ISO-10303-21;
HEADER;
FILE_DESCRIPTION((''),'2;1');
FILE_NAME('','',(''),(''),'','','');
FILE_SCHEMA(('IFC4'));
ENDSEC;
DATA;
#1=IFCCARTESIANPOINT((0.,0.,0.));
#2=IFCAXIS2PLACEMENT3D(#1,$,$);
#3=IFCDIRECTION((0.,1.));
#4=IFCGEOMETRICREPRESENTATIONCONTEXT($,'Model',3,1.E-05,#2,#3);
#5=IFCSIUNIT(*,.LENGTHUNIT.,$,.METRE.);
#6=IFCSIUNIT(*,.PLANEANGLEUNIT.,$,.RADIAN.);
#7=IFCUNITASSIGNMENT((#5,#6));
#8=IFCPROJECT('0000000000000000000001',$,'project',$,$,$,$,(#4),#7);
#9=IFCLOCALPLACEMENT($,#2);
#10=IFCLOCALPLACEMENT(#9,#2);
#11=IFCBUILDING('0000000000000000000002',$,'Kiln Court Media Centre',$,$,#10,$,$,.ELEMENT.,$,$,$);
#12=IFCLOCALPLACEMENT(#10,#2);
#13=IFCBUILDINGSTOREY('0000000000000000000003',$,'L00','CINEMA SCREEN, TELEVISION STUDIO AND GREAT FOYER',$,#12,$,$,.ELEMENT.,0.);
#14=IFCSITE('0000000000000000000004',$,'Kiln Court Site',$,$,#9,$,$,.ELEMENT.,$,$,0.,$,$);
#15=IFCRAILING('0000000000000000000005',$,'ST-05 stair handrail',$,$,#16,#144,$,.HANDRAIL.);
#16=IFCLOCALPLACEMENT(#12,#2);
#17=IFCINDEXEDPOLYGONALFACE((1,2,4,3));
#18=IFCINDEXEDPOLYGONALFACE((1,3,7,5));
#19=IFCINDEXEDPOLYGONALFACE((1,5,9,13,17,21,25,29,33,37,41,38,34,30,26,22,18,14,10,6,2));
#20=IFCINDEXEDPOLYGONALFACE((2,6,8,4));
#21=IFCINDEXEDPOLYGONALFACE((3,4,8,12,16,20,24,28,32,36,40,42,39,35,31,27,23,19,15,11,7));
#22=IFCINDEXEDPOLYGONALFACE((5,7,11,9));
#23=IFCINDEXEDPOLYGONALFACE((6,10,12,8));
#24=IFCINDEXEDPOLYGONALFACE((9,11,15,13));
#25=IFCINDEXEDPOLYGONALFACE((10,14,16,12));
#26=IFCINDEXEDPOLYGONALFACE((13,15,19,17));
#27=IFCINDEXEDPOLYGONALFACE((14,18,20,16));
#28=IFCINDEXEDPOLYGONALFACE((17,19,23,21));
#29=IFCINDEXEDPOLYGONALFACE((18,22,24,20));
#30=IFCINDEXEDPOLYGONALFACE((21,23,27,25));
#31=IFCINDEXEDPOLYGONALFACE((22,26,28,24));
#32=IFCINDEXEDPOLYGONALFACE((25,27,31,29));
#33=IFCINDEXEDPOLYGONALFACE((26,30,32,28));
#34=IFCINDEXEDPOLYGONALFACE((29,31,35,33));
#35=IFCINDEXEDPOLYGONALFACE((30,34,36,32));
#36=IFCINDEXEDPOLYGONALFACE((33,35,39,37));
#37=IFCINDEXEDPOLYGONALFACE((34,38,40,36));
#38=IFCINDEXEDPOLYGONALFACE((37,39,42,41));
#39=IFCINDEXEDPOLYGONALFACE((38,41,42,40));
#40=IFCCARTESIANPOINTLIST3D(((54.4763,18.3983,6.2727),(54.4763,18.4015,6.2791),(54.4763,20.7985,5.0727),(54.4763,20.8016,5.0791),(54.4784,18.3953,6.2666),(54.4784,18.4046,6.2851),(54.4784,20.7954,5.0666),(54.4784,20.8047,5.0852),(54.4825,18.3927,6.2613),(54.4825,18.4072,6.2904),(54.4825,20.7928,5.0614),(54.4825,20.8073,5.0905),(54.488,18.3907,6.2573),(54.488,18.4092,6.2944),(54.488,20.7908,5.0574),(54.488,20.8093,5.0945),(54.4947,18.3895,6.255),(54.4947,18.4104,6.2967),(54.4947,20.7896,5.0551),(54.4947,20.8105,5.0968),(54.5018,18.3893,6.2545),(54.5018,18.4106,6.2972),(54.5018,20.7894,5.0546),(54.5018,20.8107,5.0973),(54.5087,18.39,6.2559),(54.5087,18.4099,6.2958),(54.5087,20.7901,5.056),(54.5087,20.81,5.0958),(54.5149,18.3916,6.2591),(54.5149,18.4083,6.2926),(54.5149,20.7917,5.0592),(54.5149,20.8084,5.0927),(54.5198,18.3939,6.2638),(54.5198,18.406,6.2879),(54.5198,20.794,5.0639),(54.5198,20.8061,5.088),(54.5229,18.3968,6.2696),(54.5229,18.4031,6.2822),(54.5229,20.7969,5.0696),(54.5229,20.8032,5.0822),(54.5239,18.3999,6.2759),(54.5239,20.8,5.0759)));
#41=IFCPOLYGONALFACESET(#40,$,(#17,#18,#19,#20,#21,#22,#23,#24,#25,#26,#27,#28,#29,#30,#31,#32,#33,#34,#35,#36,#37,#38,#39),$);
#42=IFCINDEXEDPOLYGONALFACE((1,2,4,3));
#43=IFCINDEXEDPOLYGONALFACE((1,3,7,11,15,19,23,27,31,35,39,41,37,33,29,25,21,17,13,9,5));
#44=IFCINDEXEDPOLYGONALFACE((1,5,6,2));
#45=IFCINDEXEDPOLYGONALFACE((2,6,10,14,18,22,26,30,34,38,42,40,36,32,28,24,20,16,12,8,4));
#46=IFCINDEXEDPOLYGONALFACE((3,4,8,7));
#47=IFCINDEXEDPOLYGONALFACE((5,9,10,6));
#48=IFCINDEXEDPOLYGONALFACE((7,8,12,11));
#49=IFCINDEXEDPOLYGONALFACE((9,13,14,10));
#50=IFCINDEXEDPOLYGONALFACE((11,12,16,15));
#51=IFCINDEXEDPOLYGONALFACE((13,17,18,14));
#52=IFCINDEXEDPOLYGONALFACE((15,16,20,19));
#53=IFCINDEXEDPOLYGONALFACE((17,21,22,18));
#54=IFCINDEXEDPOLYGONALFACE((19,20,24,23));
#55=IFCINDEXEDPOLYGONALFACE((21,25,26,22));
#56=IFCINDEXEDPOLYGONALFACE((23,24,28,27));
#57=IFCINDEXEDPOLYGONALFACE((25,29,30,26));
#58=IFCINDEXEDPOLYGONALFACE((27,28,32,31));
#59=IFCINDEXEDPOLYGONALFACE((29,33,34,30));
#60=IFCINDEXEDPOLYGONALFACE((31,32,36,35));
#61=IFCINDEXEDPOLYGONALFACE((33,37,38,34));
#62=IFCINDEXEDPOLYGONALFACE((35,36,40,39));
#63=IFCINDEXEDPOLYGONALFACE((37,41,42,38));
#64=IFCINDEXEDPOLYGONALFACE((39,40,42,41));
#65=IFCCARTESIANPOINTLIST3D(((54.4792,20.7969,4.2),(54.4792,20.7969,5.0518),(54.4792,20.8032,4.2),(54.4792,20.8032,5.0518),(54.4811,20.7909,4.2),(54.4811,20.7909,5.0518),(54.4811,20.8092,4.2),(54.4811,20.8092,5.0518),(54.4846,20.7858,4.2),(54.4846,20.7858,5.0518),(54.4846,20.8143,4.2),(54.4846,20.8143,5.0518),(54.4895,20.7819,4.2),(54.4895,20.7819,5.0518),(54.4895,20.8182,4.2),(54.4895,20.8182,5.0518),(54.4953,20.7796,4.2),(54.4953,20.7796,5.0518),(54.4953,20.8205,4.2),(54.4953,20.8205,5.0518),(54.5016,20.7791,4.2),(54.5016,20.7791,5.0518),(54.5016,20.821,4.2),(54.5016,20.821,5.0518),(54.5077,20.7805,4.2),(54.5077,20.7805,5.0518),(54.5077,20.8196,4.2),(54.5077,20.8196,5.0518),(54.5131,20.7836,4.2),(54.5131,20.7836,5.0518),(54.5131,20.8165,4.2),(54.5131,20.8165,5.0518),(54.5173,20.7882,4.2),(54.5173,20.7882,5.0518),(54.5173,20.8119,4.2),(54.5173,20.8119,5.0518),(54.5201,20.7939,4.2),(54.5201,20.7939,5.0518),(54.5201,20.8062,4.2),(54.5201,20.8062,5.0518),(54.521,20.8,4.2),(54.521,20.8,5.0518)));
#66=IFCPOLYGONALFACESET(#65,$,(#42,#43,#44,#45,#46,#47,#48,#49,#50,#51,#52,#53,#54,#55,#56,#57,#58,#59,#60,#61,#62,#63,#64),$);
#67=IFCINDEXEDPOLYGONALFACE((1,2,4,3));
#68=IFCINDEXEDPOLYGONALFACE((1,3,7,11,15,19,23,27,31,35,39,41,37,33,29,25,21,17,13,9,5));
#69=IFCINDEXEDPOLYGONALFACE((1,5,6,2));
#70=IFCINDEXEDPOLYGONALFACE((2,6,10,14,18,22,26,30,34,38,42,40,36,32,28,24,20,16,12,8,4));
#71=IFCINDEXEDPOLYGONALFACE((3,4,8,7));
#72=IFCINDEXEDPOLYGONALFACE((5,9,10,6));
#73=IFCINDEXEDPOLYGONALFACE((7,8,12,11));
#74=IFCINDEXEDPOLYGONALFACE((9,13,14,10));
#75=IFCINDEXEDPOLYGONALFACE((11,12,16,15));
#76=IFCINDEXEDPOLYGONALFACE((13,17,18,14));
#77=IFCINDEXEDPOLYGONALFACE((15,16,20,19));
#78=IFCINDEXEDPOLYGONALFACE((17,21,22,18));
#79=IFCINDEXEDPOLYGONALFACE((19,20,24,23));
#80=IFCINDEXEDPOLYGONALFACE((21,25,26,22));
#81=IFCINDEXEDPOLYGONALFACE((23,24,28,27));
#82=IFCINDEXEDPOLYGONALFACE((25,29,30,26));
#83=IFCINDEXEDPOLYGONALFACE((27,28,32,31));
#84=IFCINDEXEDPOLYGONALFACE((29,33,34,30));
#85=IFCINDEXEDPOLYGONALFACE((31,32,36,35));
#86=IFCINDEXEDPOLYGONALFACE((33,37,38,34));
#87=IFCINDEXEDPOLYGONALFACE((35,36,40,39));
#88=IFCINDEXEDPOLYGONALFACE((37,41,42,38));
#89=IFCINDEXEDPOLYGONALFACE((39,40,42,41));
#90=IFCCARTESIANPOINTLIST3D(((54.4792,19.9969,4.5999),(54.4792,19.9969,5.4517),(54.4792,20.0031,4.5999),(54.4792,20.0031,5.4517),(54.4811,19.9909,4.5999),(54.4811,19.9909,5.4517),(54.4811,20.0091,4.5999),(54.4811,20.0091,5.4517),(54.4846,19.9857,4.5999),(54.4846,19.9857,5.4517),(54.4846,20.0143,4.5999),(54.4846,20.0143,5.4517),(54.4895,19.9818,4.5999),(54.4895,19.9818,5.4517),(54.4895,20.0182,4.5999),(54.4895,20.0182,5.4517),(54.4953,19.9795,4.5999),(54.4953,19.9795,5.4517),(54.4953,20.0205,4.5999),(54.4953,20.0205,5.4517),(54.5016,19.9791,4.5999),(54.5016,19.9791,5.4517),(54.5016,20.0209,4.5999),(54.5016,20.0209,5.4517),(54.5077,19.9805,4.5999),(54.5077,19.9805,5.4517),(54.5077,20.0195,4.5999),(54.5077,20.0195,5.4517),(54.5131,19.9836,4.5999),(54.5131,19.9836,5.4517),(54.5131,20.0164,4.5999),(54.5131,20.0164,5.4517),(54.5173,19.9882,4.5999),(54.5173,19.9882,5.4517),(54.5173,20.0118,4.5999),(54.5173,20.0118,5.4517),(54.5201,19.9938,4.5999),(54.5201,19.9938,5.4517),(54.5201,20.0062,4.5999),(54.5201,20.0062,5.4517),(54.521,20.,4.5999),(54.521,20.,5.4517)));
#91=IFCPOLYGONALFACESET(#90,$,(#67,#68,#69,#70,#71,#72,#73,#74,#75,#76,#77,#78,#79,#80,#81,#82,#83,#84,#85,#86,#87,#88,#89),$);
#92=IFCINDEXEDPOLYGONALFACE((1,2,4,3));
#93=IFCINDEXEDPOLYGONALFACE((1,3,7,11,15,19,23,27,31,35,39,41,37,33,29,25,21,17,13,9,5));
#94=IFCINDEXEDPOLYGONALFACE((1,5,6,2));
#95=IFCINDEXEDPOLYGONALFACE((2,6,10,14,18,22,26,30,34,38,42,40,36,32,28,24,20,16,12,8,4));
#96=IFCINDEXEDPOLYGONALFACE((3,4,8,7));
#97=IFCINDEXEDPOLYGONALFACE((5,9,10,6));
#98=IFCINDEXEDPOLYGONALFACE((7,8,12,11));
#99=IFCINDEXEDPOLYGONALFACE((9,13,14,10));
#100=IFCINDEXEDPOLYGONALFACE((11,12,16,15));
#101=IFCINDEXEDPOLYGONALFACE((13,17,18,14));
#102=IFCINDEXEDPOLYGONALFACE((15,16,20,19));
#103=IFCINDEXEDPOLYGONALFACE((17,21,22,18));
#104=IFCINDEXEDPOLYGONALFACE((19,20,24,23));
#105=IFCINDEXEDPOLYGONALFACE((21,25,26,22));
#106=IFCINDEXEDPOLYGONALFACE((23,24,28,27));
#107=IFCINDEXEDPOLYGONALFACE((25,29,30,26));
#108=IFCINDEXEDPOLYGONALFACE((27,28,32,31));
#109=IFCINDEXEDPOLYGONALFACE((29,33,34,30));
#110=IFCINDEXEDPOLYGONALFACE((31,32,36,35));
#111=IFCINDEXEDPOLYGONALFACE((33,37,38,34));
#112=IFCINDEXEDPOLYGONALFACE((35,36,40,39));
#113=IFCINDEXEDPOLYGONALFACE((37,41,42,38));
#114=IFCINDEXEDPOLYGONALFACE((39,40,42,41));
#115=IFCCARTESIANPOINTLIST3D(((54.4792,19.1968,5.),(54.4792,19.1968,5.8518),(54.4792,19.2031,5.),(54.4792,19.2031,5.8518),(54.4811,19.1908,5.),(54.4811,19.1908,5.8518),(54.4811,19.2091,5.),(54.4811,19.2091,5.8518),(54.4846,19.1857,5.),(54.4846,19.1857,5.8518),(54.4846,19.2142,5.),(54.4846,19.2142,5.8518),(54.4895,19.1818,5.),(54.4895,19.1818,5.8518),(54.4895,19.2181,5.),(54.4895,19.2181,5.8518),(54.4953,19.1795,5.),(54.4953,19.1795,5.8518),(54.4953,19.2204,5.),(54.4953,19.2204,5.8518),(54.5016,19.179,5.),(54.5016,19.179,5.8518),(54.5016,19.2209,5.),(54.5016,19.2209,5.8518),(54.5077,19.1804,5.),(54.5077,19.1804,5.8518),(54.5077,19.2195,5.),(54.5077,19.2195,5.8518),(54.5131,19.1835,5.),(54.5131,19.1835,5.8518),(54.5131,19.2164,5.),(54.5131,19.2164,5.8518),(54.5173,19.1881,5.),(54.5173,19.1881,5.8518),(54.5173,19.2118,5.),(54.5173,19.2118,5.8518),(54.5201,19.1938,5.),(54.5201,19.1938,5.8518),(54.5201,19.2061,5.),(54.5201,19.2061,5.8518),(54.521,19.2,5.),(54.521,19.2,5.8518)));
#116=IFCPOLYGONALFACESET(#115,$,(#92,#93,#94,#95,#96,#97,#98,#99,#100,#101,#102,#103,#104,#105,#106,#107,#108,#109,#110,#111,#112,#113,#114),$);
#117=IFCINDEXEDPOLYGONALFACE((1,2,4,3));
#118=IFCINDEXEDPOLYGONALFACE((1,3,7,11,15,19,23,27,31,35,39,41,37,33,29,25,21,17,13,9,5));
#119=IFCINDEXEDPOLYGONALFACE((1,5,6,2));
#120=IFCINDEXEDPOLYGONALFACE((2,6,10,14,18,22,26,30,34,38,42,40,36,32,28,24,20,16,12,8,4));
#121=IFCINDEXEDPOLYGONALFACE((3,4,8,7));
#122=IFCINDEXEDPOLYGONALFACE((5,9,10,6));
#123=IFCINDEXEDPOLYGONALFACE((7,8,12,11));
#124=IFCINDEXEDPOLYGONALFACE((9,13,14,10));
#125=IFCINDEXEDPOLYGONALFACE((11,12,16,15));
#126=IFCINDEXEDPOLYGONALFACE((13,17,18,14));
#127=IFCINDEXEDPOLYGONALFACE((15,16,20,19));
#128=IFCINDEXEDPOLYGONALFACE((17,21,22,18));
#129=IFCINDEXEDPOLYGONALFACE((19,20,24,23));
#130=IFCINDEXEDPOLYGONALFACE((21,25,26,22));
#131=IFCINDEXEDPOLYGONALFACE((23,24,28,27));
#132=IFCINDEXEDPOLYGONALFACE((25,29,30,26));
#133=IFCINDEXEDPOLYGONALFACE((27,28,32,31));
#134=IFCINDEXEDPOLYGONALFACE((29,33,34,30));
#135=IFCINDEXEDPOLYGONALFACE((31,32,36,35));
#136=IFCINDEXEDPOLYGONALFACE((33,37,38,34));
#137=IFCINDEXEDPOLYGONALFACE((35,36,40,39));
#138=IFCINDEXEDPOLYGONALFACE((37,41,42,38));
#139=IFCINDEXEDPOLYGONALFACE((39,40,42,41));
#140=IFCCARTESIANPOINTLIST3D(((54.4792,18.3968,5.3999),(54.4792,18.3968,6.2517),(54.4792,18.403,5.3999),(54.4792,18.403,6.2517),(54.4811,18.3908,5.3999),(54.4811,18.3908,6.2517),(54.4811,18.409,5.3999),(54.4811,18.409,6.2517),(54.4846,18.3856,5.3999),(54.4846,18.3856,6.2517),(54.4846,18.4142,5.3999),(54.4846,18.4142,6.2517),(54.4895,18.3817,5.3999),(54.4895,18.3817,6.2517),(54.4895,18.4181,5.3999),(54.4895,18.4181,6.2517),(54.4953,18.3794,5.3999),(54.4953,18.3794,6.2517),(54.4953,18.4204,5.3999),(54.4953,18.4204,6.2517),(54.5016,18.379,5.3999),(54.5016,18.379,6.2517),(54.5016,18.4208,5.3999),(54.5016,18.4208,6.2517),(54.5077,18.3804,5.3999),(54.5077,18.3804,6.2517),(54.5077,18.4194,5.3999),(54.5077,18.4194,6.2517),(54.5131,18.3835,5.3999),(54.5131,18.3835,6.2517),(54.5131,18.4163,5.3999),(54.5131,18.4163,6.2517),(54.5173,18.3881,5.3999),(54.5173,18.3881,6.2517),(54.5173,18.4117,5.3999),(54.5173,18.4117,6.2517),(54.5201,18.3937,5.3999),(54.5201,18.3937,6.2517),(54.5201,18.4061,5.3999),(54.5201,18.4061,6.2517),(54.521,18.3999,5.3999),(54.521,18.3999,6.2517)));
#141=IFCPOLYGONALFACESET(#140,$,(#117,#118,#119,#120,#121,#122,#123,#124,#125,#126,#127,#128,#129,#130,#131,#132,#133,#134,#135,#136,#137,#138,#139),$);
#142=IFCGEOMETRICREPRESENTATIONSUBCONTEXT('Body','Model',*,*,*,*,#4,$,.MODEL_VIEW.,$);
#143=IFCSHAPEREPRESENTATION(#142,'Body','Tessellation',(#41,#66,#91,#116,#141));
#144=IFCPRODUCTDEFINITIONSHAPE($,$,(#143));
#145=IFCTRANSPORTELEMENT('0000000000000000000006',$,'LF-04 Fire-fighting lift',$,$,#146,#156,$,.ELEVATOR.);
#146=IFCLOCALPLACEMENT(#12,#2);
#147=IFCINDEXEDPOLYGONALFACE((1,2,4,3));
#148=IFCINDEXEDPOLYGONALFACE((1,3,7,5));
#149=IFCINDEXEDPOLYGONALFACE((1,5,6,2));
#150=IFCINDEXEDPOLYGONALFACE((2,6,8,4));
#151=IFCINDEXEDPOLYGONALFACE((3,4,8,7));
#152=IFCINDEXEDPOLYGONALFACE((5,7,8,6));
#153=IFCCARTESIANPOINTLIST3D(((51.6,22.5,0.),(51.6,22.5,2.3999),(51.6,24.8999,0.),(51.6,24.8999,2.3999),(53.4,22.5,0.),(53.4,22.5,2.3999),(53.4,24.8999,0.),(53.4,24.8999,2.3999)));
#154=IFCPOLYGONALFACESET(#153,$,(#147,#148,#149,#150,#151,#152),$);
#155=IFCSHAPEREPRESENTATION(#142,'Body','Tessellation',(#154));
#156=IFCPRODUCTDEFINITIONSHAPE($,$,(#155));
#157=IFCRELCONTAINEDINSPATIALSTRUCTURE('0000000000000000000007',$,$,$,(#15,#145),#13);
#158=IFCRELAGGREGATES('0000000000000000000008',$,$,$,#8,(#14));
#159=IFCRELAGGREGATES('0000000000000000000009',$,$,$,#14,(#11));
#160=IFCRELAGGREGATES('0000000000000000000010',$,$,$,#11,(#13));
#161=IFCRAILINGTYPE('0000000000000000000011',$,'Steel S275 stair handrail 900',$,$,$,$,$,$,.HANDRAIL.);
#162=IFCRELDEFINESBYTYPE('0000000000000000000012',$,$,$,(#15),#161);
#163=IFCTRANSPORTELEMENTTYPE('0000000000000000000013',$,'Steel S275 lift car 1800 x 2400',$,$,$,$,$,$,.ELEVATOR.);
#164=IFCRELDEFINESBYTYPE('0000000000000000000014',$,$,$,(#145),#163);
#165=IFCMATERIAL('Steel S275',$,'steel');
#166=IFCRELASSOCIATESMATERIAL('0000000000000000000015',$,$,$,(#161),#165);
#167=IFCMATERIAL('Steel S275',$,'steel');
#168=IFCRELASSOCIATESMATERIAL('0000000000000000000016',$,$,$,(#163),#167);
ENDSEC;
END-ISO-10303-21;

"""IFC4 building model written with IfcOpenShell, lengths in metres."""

from ifc_helpers import new_model, si_unit, direction, frame, origin, origin_2d, place, context, subcontext, project, spatial, rectangle, circle, extrude, material, type_object, element, save


model = new_model("IFC4")

# Units and contexts
model_context = context("Model", 3, precision=1e-05, world=origin(), true_north=direction((0.0, 1.0)))
body_context = subcontext(model_context, "Body", "Model", "MODEL_VIEW")
ifc_project = project(units=[si_unit("LENGTHUNIT", "METRE"), si_unit("PLANEANGLEUNIT", "RADIAN")], contexts=[model_context])

# Site, building, storey
site_placement = place(None, origin())
site = spatial("IfcSite", under=ifc_project, at=site_placement, Name="Kiln Court Site", CompositionType="ELEMENT", RefElevation=0.0)
building_placement = place(site_placement, origin())
building = spatial("IfcBuilding", under=site, at=building_placement, Name="Kiln Court Media Centre", CompositionType="ELEMENT")
storey_placement = place(building_placement, origin())
storey = spatial("IfcBuildingStorey", under=building, at=storey_placement, Name="L00", Description="CINEMA SCREEN, TELEVISION STUDIO AND GREAT FOYER", CompositionType="ELEMENT", Elevation=0.0)

# Railing
ifc_material_1 = material(Name="Steel S275", Category="steel")
railing_type_1 = type_object("IfcRailingType", Name="Steel S275 stair handrail 900", PredefinedType="HANDRAIL", material=ifc_material_1)
for number, where, name in (
    (1, (54.5, 20.8, 4.2), "ST-05 stair handrail"),
):
    element("IfcRailing", number, at=place(storey_placement, frame(where)), inside=storey, type_object=railing_type_1, Name=name, PredefinedType="HANDRAIL", context=body_context, shape_type="SweptSolid", body=[
        extrude(circle(Radius=0.0239, at=origin_2d()), frame((0.0, 0.0, 0.876), z_axis=(0.0, -0.894445, 0.447177), x_axis=(1.0, 0.0, 0.0)), (0.0, 0.0, 1.0), 2.6833),
        extrude(circle(Radius=0.021, at=origin_2d()), origin(), (0.0, 0.0, 1.0), 0.8518),
        extrude(circle(Radius=0.021, at=origin_2d()), frame((0.0, -0.8, 0.3999)), (0.0, 0.0, 1.0), 0.8518),
        extrude(circle(Radius=0.021, at=origin_2d()), frame((0.0, -1.6001, 0.8)), (0.0, 0.0, 1.0), 0.8518),
        extrude(circle(Radius=0.021, at=origin_2d()), frame((0.0, -2.4001, 1.2)), (0.0, 0.0, 1.0), 0.8518),
    ])

# Transport element
ifc_material_2 = material(Name="Steel S275", Category="steel")
transport_element_type = type_object("IfcTransportElementType", Name="Steel S275 lift car 1800 x 2400", PredefinedType="ELEVATOR", material=ifc_material_2)
transport_element_placement = place(storey_placement, frame((52.5, 23.7, 0.0), z_axis=(0.0, 0.0, 1.0), x_axis=(1.0, 0.0, 0.0)))
element("IfcTransportElement", 2, at=transport_element_placement, inside=storey, type_object=transport_element_type, Name="LF-04 Fire-fighting lift", PredefinedType="ELEVATOR", context=body_context, shape_type="SweptSolid", body=[
    extrude(rectangle(XDim=1.8, YDim=2.3999, at=origin_2d()), origin(), (0.0, 0.0, 1.0), 2.3999),
])

save(model, "model.ifc")
